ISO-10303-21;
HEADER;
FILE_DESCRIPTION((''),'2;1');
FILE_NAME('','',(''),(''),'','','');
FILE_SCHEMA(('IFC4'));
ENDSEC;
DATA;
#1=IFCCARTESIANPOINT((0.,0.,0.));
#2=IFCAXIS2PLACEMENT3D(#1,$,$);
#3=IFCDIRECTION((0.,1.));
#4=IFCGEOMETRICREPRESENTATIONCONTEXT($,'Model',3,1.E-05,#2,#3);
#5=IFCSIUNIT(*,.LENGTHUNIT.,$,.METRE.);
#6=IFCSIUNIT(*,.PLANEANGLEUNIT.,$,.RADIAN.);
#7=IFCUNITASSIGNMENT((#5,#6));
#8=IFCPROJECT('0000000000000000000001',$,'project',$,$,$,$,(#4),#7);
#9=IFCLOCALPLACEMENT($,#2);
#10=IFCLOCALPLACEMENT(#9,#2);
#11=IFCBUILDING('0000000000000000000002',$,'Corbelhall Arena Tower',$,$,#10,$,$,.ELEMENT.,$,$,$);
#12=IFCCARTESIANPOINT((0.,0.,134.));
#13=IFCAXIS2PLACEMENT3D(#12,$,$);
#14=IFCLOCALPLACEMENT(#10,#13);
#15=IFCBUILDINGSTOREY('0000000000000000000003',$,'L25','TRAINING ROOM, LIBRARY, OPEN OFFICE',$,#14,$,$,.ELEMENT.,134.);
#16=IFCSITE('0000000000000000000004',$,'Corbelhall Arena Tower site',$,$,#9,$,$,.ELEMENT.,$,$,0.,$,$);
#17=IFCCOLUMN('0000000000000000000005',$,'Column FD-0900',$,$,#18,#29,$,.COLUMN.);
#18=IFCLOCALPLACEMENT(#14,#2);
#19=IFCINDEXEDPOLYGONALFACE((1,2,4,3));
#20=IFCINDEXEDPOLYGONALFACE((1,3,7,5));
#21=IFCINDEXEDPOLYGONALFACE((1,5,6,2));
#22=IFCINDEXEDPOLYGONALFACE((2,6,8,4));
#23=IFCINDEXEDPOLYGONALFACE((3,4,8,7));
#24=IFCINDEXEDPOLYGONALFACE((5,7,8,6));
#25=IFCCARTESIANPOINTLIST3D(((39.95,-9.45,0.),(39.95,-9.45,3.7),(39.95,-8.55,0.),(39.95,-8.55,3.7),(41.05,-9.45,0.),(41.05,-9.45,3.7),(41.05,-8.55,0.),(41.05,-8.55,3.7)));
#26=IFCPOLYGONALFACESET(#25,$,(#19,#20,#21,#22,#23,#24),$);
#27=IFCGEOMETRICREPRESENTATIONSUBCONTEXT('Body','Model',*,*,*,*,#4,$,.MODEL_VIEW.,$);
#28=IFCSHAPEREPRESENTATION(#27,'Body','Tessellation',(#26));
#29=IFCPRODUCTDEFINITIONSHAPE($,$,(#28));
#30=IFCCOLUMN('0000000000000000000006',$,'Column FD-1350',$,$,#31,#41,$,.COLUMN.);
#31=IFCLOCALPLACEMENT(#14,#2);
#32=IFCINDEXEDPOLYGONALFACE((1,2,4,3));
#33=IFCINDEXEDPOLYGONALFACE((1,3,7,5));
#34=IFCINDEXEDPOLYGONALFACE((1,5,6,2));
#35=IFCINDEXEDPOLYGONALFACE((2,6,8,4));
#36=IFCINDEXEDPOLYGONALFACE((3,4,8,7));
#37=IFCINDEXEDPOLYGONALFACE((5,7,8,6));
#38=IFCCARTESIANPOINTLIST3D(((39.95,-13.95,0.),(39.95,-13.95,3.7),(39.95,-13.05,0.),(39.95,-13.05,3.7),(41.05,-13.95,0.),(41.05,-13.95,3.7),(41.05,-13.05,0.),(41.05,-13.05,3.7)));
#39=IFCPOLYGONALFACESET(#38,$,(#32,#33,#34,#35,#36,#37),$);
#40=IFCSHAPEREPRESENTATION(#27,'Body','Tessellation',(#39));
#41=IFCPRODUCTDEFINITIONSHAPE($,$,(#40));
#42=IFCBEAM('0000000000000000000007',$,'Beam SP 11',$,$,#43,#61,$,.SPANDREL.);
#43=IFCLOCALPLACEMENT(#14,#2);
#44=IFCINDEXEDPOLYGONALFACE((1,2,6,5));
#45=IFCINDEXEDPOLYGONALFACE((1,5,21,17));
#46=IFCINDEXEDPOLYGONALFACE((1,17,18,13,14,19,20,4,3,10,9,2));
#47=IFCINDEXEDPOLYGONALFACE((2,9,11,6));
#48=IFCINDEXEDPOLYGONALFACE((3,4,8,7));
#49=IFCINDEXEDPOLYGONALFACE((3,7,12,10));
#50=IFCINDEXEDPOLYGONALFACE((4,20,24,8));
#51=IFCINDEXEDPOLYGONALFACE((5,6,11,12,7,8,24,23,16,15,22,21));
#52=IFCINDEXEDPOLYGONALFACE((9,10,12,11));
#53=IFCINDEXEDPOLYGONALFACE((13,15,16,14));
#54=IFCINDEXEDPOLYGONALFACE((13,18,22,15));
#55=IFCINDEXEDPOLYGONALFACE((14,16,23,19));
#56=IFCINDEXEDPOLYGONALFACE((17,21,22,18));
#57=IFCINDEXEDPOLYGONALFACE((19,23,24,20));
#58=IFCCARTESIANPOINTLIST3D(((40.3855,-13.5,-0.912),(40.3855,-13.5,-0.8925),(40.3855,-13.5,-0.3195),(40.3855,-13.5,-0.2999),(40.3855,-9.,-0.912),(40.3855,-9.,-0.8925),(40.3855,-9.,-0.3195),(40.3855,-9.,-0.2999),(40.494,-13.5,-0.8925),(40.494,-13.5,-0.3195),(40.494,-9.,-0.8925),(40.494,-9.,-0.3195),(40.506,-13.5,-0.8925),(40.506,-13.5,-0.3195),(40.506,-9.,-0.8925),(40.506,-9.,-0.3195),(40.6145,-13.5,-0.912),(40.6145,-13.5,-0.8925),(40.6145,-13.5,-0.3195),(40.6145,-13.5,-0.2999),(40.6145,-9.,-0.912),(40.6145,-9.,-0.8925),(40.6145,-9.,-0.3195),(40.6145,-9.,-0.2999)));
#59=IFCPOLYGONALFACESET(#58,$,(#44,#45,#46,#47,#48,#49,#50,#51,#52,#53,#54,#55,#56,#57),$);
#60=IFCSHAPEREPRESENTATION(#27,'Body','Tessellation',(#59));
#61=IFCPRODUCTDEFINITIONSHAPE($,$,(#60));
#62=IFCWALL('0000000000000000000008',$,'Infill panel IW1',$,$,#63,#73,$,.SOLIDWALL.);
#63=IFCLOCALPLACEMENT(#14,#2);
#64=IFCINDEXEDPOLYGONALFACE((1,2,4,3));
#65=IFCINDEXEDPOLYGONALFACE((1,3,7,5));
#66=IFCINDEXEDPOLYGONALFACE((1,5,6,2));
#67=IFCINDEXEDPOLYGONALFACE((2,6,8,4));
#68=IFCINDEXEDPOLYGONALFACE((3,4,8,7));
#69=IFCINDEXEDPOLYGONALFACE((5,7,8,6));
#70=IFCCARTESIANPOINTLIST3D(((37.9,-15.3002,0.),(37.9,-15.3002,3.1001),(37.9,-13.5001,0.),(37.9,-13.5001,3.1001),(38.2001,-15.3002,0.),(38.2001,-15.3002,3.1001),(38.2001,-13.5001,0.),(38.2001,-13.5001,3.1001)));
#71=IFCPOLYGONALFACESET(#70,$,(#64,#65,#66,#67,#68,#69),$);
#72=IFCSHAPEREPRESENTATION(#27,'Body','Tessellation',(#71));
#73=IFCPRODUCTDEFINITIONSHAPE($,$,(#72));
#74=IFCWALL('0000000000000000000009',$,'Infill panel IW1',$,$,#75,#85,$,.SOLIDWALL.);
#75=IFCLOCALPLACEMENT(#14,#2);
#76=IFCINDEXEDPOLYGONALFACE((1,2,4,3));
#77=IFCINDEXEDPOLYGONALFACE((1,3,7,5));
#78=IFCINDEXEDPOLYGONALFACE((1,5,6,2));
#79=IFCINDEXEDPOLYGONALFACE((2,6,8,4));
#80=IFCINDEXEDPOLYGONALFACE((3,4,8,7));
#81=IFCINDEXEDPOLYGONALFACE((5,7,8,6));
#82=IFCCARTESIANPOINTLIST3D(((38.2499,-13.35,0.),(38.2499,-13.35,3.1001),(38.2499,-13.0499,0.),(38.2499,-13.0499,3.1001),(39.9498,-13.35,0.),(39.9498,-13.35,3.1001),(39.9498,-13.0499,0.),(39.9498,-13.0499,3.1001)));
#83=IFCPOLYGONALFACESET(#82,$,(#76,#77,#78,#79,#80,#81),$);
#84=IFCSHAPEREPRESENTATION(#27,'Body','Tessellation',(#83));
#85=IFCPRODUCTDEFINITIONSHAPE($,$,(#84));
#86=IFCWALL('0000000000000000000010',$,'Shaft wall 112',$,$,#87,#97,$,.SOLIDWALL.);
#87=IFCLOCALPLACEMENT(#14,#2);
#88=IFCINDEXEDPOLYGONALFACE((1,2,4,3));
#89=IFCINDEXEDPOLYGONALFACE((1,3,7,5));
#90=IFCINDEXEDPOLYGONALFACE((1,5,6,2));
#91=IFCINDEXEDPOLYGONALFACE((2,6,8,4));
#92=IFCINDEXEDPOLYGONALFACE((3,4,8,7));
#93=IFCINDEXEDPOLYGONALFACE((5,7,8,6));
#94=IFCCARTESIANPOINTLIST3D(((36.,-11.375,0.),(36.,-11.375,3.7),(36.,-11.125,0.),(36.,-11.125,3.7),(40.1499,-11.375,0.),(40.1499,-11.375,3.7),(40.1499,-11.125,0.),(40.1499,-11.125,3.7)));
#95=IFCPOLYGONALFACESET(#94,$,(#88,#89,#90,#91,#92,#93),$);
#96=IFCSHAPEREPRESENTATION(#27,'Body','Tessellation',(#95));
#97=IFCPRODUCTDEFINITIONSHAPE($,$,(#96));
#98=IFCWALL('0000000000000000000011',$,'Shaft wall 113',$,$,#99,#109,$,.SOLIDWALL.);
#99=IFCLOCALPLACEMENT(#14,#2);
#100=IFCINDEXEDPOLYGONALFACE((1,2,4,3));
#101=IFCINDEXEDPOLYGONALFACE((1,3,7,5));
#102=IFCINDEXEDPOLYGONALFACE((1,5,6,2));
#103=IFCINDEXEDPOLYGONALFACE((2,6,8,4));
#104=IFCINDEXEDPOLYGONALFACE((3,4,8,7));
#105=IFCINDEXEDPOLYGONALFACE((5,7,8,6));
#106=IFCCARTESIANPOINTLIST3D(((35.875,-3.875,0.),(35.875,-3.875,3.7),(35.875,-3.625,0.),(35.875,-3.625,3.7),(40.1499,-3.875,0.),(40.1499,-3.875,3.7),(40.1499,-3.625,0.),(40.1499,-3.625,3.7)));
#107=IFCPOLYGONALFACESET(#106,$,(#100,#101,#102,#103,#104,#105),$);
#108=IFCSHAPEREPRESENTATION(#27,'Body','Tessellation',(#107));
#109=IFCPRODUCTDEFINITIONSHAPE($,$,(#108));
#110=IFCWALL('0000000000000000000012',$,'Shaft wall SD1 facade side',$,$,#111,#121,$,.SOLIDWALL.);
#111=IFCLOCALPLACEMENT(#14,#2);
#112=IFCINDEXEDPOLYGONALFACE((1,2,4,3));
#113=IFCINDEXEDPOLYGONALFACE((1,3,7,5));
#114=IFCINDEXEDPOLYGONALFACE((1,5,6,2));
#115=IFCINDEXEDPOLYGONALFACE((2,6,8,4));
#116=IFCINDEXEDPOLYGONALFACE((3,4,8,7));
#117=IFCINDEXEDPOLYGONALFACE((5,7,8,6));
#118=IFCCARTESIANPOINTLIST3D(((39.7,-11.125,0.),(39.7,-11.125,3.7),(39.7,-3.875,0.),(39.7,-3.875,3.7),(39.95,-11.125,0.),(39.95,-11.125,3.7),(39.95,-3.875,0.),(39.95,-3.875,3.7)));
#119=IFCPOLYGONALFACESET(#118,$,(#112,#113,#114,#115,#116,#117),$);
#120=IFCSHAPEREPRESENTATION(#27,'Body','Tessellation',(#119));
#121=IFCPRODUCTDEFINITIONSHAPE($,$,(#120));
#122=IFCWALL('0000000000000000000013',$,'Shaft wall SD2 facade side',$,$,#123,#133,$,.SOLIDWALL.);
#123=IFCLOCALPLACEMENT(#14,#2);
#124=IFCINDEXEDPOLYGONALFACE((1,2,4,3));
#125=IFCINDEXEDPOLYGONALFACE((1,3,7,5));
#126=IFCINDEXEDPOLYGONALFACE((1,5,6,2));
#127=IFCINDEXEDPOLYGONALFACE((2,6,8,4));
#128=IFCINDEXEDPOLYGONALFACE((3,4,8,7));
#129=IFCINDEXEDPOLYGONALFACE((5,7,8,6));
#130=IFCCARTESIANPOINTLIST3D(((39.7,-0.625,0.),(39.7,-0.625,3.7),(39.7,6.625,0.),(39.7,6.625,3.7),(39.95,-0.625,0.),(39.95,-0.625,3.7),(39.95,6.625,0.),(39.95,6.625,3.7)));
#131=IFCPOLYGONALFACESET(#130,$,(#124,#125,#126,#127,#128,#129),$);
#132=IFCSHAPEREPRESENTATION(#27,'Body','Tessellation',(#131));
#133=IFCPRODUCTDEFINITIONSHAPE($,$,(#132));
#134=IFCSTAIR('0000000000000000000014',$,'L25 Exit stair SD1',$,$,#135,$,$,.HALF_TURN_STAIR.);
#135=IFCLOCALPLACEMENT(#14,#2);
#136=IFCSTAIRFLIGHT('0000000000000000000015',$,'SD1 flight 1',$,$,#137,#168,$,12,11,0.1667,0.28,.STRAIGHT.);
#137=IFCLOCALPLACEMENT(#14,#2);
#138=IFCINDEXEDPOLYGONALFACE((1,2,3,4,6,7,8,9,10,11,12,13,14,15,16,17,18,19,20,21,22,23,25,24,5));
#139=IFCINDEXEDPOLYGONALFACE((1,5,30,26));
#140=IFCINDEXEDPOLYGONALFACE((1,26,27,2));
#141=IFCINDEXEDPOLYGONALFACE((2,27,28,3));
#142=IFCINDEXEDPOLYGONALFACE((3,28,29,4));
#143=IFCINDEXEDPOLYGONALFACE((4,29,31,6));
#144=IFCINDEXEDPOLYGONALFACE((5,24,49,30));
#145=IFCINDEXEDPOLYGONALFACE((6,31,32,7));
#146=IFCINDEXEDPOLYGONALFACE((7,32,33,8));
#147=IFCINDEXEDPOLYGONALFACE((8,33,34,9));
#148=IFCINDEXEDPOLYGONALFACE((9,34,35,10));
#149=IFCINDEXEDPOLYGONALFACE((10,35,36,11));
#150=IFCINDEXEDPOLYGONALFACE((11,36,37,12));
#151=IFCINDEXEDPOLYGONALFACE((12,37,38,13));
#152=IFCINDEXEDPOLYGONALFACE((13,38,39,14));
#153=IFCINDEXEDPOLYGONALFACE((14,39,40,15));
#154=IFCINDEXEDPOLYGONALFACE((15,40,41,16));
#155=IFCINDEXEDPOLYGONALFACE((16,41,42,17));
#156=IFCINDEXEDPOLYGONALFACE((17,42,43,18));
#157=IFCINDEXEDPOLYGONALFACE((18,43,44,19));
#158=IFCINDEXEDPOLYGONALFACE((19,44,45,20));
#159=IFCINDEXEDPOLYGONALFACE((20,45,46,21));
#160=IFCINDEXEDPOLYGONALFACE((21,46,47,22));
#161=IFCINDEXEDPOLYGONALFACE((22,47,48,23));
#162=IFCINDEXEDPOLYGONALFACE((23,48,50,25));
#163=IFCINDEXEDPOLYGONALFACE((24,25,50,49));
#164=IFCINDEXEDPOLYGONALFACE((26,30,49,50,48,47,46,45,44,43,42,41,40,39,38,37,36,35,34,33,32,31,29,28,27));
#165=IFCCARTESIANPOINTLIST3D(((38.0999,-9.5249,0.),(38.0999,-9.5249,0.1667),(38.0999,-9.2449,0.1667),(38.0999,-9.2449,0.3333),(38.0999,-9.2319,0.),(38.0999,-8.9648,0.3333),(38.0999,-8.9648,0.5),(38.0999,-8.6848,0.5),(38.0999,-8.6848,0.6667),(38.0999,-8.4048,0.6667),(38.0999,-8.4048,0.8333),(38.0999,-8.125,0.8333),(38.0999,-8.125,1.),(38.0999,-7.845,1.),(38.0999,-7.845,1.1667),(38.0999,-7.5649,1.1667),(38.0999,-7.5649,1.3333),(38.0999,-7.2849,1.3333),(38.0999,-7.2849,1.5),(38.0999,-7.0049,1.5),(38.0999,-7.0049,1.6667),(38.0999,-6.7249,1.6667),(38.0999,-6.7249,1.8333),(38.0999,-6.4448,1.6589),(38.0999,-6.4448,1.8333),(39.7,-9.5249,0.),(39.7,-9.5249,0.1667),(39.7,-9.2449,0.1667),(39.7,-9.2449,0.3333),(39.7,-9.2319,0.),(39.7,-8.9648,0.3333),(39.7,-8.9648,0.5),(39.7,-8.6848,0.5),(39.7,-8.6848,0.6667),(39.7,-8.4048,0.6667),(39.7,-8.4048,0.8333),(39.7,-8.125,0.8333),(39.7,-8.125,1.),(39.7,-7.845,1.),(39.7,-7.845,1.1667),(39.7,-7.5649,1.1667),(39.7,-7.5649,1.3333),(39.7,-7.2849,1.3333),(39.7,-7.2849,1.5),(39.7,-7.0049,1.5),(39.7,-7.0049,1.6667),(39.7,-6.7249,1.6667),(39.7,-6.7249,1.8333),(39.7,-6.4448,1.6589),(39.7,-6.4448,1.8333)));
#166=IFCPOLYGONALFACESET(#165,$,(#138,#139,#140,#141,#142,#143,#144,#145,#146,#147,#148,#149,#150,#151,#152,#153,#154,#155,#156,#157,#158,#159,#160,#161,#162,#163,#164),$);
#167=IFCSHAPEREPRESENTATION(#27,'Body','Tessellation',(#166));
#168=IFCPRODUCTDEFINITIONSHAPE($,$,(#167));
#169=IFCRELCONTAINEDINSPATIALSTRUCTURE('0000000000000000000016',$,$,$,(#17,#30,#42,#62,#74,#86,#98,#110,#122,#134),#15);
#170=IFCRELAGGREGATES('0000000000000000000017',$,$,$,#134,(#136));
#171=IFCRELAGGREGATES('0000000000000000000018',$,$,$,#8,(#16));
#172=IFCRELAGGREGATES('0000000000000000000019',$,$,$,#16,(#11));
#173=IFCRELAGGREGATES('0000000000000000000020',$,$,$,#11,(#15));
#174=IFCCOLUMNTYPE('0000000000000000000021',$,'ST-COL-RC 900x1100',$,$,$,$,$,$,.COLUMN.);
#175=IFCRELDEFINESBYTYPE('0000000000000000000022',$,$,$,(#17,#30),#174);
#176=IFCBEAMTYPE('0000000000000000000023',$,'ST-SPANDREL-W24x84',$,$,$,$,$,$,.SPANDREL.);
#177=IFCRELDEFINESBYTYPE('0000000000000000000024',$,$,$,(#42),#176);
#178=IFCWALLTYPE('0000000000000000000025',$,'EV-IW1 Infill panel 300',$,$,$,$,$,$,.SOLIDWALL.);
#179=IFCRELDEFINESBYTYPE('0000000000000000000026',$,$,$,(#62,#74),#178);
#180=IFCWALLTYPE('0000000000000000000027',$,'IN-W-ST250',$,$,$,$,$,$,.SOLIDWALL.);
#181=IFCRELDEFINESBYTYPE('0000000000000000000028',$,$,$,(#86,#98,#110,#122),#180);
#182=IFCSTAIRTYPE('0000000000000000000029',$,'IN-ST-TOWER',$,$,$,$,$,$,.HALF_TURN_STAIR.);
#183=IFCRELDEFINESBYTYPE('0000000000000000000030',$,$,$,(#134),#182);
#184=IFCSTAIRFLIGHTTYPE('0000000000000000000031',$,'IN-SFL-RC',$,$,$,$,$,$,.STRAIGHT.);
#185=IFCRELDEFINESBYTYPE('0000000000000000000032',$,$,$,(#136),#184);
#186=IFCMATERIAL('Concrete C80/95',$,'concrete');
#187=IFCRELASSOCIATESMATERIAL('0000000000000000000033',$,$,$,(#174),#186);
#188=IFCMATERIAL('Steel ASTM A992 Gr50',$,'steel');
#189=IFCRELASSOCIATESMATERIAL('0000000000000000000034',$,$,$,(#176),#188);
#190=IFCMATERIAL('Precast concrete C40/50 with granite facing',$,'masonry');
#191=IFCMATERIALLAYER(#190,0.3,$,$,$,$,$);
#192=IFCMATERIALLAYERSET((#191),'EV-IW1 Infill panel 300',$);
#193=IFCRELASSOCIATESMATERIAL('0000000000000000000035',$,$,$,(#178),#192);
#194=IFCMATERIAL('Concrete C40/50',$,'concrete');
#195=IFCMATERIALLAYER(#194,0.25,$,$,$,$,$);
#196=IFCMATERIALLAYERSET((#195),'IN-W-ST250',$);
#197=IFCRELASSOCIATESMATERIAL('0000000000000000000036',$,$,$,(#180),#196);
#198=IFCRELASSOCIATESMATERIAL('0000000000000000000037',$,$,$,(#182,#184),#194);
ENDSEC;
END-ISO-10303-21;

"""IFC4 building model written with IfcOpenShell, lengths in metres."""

from ifc_helpers import new_model, si_unit, direction, frame, frame_2d, origin, origin_2d, place, context, subcontext, project, spatial, polyline, rectangle, i_section, outline, extrude, material, layer, layer_set, material_profile, profile_set, type_object, element, aggregate, save


model = new_model("IFC4")

# Units and contexts
model_context = context("Model", 3, precision=1e-05, world=origin(), true_north=direction((0.0, 1.0)))
body_context = subcontext(model_context, "Body", "Model", "MODEL_VIEW")
ifc_project = project(units=[si_unit("LENGTHUNIT", "METRE"), si_unit("PLANEANGLEUNIT", "RADIAN")], contexts=[model_context])

# Site, building, storey
site_placement = place(None, origin())
site = spatial("IfcSite", under=ifc_project, at=site_placement, Name="Corbelhall Arena Tower site", CompositionType="ELEMENT", RefElevation=0.0)
building_placement = place(site_placement, origin())
building = spatial("IfcBuilding", under=site, at=building_placement, Name="Corbelhall Arena Tower", CompositionType="ELEMENT")
storey_placement = place(building_placement, frame((0.0, 0.0, 134.0)))
storey = spatial("IfcBuildingStorey", under=building, at=storey_placement, Name="L25", Description="TRAINING ROOM, LIBRARY, OPEN OFFICE", CompositionType="ELEMENT", Elevation=134.0)

# Columns
ifc_material_1 = material(Name="Concrete C80/95", Category="concrete")
ifc_material_profile_1 = material_profile(ifc_material_1, rectangle(XDim=0.8999, YDim=1.1001, at=origin_2d()))
ifc_profile_set_1 = profile_set([ifc_material_profile_1], Name="Concrete C80/95")
column_type = type_object("IfcColumnType", Name="ST-COL-RC 900x1100", PredefinedType="COLUMN", material=ifc_profile_set_1)
for number, where, z_axis, x_axis, name in (
    (1, (40.5, -9.0, 0.0), (0.0, 0.0, 1.0), (0.0, 1.0, 0.0), "Column FD-0900"),
    (2, (40.5, -13.5, 0.0), (0.0, 0.0, 1.0), (0.0, 1.0, 0.0), "Column FD-1350"),
):
    element("IfcColumn", number, at=place(storey_placement, frame(where, z_axis=z_axis, x_axis=x_axis)), inside=storey, type_object=column_type, Name=name, PredefinedType="COLUMN", context=body_context, shape_type="SweptSolid", body=[
        extrude(rectangle(XDim=0.8999, YDim=1.1001, at=origin_2d()), origin(), (0.0, 0.0, 1.0), 3.7),
    ])

# Beam
ifc_material_2 = material(Name="Steel ASTM A992 Gr50", Category="steel")
ifc_material_profile_2 = material_profile(ifc_material_2, i_section(OverallWidth=0.229, OverallDepth=0.6121, WebThickness=0.012, FlangeThickness=0.0195, at=origin_2d()))
ifc_profile_set_2 = profile_set([ifc_material_profile_2], Name="Steel ASTM A992 Gr50")
beam_type = type_object("IfcBeamType", Name="ST-SPANDREL-W24x84", PredefinedType="SPANDREL", material=ifc_profile_set_2)
beam_placement = place(storey_placement, frame((40.5, -9.0, -0.606), z_axis=(0.0, -1.0, 0.0), x_axis=(1.0, 0.0, 0.0)))
element("IfcBeam", 3, at=beam_placement, inside=storey, type_object=beam_type, Name="Beam SP 11", PredefinedType="SPANDREL", context=body_context, shape_type="SweptSolid", body=[
    extrude(i_section(OverallWidth=0.229, OverallDepth=0.6121, WebThickness=0.012, FlangeThickness=0.0195, at=origin_2d()), origin(), (0.0, 0.0, 1.0), 4.5),
])

# Walls
ifc_material_3 = material(Name="Precast concrete C40/50 with granite facing", Category="masonry")
ifc_layer_1 = layer(ifc_material_3, 0.3)
ifc_layer_set_1 = layer_set([ifc_layer_1], Name="EV-IW1 Infill panel 300")
wall_type_1 = type_object("IfcWallType", Name="EV-IW1 Infill panel 300", PredefinedType="SOLIDWALL", material=ifc_layer_set_1)
wall_1_placement = place(storey_placement, frame((38.05, -15.3, 0.0), z_axis=(0.0, 0.0, 1.0), x_axis=(0.0, 1.0, 0.0)))
element("IfcWall", 4, at=wall_1_placement, inside=storey, type_object=wall_type_1, Name="Infill panel IW1", PredefinedType="SOLIDWALL", context=body_context, shape_type="SweptSolid", body=[
    extrude(rectangle(XDim=1.8, YDim=0.3, at=frame_2d((0.8999, 0.0))), origin(), (0.0, 0.0, 1.0), 3.1001),
])
wall_2_placement = place(storey_placement, frame((39.95, -13.2, 0.0), z_axis=(0.0, 0.0, 1.0), x_axis=(-1.0, 0.0, 0.0)))
element("IfcWall", 5, at=wall_2_placement, inside=storey, type_object=wall_type_1, Name="Infill panel IW1", PredefinedType="SOLIDWALL", context=body_context, shape_type="SweptSolid", body=[
    extrude(rectangle(XDim=1.7, YDim=0.3, at=frame_2d((0.8501, 0.0))), origin(), (0.0, 0.0, 1.0), 3.1001),
])

# Walls
ifc_material_4 = material(Name="Concrete C40/50", Category="concrete")
ifc_layer_2 = layer(ifc_material_4, 0.25)
ifc_layer_set_2 = layer_set([ifc_layer_2], Name="IN-W-ST250")
wall_type_2 = type_object("IfcWallType", Name="IN-W-ST250", PredefinedType="SOLIDWALL", material=ifc_layer_set_2)
wall_3_placement = place(storey_placement, frame((40.1499, -11.25, 0.0), z_axis=(0.0, 0.0, 1.0), x_axis=(-1.0, 0.0, 0.0)))
element("IfcWall", 6, at=wall_3_placement, inside=storey, type_object=wall_type_2, Name="Shaft wall 112", PredefinedType="SOLIDWALL", context=body_context, shape_type="SweptSolid", body=[
    extrude(rectangle(XDim=4.1499, YDim=0.25, at=frame_2d((2.075, 0.0))), origin(), (0.0, 0.0, 1.0), 3.7),
])
wall_4_placement = place(storey_placement, frame((40.1499, -3.75, 0.0), z_axis=(0.0, 0.0, 1.0), x_axis=(-1.0, 0.0, 0.0)))
element("IfcWall", 7, at=wall_4_placement, inside=storey, type_object=wall_type_2, Name="Shaft wall 113", PredefinedType="SOLIDWALL", context=body_context, shape_type="SweptSolid", body=[
    extrude(rectangle(XDim=4.2749, YDim=0.25, at=frame_2d((2.1375, 0.0))), origin(), (0.0, 0.0, 1.0), 3.7),
])
for number, where, z_axis, x_axis, name in (
    (8, (39.825, -11.125, 0.0), (0.0, 0.0, 1.0), (0.0, 1.0, 0.0), "Shaft wall SD1 facade side"),
    (9, (39.825, -0.625, 0.0), (0.0, 0.0, 1.0), (0.0, 1.0, 0.0), "Shaft wall SD2 facade side"),
):
    element("IfcWall", number, at=place(storey_placement, frame(where, z_axis=z_axis, x_axis=x_axis)), inside=storey, type_object=wall_type_2, Name=name, PredefinedType="SOLIDWALL", context=body_context, shape_type="SweptSolid", body=[
        extrude(rectangle(XDim=7.25, YDim=0.25, at=frame_2d((3.625, 0.0))), origin(), (0.0, 0.0, 1.0), 3.7),
    ])

# Stair, stair flight
stair_type = type_object("IfcStairType", Name="IN-ST-TOWER", PredefinedType="HALF_TURN_STAIR", material=ifc_material_4)
stair_placement = place(storey_placement, origin())
stair = element("IfcStair", 10, at=stair_placement, inside=storey, type_object=stair_type, Name="L25 Exit stair SD1", PredefinedType="HALF_TURN_STAIR")
stair_flight_type = type_object("IfcStairFlightType", Name="IN-SFL-RC", PredefinedType="STRAIGHT", material=ifc_material_4)
stair_flight_1_placement = place(storey_placement, frame((38.8999, -9.5249, 0.0), z_axis=(0.0, 0.0, 1.0), x_axis=(0.0, 1.0, 0.0)))
stair_flight_1 = element("IfcStairFlight", 11, at=stair_flight_1_placement, type_object=stair_flight_type, Name="SD1 flight 1", NumberOfRisers=12, NumberOfTreads=11, PredefinedType="STRAIGHT", RiserHeight=0.1667, TreadLength=0.28, context=body_context, shape_type="SweptSolid", body=[
    extrude(outline(polyline([(0.0, 0.0), (0.0, 0.1667), (0.28, 0.1667), (0.28, 0.3333), (0.5601, 0.3333), (0.5601, 0.5), (0.8401, 0.5), (0.8401, 0.6667), (1.1201, 0.6667), (1.1201, 0.8333), (1.3999, 0.8333), (1.3999, 1.0), (1.6799, 1.0), (1.6799, 1.1667), (1.96, 1.1667), (1.96, 1.3333), (2.24, 1.3333), (2.24, 1.5), (2.52, 1.5), (2.52, 1.6667), (2.8, 1.6667), (2.8, 1.8333), (3.0801, 1.8333), (3.0801, 2.0), (3.0801, 1.6589), (0.293, 0.0), (0.0, 0.0)])), frame((0.0, 0.8, 0.0), z_axis=(0.0, -1.0, 0.0), x_axis=(1.0, 0.0, 0.0)), (0.0, 0.0, 1.0), 1.6001),
])
aggregate(stair, [stair_flight_1])

save(model, "model.ifc")
